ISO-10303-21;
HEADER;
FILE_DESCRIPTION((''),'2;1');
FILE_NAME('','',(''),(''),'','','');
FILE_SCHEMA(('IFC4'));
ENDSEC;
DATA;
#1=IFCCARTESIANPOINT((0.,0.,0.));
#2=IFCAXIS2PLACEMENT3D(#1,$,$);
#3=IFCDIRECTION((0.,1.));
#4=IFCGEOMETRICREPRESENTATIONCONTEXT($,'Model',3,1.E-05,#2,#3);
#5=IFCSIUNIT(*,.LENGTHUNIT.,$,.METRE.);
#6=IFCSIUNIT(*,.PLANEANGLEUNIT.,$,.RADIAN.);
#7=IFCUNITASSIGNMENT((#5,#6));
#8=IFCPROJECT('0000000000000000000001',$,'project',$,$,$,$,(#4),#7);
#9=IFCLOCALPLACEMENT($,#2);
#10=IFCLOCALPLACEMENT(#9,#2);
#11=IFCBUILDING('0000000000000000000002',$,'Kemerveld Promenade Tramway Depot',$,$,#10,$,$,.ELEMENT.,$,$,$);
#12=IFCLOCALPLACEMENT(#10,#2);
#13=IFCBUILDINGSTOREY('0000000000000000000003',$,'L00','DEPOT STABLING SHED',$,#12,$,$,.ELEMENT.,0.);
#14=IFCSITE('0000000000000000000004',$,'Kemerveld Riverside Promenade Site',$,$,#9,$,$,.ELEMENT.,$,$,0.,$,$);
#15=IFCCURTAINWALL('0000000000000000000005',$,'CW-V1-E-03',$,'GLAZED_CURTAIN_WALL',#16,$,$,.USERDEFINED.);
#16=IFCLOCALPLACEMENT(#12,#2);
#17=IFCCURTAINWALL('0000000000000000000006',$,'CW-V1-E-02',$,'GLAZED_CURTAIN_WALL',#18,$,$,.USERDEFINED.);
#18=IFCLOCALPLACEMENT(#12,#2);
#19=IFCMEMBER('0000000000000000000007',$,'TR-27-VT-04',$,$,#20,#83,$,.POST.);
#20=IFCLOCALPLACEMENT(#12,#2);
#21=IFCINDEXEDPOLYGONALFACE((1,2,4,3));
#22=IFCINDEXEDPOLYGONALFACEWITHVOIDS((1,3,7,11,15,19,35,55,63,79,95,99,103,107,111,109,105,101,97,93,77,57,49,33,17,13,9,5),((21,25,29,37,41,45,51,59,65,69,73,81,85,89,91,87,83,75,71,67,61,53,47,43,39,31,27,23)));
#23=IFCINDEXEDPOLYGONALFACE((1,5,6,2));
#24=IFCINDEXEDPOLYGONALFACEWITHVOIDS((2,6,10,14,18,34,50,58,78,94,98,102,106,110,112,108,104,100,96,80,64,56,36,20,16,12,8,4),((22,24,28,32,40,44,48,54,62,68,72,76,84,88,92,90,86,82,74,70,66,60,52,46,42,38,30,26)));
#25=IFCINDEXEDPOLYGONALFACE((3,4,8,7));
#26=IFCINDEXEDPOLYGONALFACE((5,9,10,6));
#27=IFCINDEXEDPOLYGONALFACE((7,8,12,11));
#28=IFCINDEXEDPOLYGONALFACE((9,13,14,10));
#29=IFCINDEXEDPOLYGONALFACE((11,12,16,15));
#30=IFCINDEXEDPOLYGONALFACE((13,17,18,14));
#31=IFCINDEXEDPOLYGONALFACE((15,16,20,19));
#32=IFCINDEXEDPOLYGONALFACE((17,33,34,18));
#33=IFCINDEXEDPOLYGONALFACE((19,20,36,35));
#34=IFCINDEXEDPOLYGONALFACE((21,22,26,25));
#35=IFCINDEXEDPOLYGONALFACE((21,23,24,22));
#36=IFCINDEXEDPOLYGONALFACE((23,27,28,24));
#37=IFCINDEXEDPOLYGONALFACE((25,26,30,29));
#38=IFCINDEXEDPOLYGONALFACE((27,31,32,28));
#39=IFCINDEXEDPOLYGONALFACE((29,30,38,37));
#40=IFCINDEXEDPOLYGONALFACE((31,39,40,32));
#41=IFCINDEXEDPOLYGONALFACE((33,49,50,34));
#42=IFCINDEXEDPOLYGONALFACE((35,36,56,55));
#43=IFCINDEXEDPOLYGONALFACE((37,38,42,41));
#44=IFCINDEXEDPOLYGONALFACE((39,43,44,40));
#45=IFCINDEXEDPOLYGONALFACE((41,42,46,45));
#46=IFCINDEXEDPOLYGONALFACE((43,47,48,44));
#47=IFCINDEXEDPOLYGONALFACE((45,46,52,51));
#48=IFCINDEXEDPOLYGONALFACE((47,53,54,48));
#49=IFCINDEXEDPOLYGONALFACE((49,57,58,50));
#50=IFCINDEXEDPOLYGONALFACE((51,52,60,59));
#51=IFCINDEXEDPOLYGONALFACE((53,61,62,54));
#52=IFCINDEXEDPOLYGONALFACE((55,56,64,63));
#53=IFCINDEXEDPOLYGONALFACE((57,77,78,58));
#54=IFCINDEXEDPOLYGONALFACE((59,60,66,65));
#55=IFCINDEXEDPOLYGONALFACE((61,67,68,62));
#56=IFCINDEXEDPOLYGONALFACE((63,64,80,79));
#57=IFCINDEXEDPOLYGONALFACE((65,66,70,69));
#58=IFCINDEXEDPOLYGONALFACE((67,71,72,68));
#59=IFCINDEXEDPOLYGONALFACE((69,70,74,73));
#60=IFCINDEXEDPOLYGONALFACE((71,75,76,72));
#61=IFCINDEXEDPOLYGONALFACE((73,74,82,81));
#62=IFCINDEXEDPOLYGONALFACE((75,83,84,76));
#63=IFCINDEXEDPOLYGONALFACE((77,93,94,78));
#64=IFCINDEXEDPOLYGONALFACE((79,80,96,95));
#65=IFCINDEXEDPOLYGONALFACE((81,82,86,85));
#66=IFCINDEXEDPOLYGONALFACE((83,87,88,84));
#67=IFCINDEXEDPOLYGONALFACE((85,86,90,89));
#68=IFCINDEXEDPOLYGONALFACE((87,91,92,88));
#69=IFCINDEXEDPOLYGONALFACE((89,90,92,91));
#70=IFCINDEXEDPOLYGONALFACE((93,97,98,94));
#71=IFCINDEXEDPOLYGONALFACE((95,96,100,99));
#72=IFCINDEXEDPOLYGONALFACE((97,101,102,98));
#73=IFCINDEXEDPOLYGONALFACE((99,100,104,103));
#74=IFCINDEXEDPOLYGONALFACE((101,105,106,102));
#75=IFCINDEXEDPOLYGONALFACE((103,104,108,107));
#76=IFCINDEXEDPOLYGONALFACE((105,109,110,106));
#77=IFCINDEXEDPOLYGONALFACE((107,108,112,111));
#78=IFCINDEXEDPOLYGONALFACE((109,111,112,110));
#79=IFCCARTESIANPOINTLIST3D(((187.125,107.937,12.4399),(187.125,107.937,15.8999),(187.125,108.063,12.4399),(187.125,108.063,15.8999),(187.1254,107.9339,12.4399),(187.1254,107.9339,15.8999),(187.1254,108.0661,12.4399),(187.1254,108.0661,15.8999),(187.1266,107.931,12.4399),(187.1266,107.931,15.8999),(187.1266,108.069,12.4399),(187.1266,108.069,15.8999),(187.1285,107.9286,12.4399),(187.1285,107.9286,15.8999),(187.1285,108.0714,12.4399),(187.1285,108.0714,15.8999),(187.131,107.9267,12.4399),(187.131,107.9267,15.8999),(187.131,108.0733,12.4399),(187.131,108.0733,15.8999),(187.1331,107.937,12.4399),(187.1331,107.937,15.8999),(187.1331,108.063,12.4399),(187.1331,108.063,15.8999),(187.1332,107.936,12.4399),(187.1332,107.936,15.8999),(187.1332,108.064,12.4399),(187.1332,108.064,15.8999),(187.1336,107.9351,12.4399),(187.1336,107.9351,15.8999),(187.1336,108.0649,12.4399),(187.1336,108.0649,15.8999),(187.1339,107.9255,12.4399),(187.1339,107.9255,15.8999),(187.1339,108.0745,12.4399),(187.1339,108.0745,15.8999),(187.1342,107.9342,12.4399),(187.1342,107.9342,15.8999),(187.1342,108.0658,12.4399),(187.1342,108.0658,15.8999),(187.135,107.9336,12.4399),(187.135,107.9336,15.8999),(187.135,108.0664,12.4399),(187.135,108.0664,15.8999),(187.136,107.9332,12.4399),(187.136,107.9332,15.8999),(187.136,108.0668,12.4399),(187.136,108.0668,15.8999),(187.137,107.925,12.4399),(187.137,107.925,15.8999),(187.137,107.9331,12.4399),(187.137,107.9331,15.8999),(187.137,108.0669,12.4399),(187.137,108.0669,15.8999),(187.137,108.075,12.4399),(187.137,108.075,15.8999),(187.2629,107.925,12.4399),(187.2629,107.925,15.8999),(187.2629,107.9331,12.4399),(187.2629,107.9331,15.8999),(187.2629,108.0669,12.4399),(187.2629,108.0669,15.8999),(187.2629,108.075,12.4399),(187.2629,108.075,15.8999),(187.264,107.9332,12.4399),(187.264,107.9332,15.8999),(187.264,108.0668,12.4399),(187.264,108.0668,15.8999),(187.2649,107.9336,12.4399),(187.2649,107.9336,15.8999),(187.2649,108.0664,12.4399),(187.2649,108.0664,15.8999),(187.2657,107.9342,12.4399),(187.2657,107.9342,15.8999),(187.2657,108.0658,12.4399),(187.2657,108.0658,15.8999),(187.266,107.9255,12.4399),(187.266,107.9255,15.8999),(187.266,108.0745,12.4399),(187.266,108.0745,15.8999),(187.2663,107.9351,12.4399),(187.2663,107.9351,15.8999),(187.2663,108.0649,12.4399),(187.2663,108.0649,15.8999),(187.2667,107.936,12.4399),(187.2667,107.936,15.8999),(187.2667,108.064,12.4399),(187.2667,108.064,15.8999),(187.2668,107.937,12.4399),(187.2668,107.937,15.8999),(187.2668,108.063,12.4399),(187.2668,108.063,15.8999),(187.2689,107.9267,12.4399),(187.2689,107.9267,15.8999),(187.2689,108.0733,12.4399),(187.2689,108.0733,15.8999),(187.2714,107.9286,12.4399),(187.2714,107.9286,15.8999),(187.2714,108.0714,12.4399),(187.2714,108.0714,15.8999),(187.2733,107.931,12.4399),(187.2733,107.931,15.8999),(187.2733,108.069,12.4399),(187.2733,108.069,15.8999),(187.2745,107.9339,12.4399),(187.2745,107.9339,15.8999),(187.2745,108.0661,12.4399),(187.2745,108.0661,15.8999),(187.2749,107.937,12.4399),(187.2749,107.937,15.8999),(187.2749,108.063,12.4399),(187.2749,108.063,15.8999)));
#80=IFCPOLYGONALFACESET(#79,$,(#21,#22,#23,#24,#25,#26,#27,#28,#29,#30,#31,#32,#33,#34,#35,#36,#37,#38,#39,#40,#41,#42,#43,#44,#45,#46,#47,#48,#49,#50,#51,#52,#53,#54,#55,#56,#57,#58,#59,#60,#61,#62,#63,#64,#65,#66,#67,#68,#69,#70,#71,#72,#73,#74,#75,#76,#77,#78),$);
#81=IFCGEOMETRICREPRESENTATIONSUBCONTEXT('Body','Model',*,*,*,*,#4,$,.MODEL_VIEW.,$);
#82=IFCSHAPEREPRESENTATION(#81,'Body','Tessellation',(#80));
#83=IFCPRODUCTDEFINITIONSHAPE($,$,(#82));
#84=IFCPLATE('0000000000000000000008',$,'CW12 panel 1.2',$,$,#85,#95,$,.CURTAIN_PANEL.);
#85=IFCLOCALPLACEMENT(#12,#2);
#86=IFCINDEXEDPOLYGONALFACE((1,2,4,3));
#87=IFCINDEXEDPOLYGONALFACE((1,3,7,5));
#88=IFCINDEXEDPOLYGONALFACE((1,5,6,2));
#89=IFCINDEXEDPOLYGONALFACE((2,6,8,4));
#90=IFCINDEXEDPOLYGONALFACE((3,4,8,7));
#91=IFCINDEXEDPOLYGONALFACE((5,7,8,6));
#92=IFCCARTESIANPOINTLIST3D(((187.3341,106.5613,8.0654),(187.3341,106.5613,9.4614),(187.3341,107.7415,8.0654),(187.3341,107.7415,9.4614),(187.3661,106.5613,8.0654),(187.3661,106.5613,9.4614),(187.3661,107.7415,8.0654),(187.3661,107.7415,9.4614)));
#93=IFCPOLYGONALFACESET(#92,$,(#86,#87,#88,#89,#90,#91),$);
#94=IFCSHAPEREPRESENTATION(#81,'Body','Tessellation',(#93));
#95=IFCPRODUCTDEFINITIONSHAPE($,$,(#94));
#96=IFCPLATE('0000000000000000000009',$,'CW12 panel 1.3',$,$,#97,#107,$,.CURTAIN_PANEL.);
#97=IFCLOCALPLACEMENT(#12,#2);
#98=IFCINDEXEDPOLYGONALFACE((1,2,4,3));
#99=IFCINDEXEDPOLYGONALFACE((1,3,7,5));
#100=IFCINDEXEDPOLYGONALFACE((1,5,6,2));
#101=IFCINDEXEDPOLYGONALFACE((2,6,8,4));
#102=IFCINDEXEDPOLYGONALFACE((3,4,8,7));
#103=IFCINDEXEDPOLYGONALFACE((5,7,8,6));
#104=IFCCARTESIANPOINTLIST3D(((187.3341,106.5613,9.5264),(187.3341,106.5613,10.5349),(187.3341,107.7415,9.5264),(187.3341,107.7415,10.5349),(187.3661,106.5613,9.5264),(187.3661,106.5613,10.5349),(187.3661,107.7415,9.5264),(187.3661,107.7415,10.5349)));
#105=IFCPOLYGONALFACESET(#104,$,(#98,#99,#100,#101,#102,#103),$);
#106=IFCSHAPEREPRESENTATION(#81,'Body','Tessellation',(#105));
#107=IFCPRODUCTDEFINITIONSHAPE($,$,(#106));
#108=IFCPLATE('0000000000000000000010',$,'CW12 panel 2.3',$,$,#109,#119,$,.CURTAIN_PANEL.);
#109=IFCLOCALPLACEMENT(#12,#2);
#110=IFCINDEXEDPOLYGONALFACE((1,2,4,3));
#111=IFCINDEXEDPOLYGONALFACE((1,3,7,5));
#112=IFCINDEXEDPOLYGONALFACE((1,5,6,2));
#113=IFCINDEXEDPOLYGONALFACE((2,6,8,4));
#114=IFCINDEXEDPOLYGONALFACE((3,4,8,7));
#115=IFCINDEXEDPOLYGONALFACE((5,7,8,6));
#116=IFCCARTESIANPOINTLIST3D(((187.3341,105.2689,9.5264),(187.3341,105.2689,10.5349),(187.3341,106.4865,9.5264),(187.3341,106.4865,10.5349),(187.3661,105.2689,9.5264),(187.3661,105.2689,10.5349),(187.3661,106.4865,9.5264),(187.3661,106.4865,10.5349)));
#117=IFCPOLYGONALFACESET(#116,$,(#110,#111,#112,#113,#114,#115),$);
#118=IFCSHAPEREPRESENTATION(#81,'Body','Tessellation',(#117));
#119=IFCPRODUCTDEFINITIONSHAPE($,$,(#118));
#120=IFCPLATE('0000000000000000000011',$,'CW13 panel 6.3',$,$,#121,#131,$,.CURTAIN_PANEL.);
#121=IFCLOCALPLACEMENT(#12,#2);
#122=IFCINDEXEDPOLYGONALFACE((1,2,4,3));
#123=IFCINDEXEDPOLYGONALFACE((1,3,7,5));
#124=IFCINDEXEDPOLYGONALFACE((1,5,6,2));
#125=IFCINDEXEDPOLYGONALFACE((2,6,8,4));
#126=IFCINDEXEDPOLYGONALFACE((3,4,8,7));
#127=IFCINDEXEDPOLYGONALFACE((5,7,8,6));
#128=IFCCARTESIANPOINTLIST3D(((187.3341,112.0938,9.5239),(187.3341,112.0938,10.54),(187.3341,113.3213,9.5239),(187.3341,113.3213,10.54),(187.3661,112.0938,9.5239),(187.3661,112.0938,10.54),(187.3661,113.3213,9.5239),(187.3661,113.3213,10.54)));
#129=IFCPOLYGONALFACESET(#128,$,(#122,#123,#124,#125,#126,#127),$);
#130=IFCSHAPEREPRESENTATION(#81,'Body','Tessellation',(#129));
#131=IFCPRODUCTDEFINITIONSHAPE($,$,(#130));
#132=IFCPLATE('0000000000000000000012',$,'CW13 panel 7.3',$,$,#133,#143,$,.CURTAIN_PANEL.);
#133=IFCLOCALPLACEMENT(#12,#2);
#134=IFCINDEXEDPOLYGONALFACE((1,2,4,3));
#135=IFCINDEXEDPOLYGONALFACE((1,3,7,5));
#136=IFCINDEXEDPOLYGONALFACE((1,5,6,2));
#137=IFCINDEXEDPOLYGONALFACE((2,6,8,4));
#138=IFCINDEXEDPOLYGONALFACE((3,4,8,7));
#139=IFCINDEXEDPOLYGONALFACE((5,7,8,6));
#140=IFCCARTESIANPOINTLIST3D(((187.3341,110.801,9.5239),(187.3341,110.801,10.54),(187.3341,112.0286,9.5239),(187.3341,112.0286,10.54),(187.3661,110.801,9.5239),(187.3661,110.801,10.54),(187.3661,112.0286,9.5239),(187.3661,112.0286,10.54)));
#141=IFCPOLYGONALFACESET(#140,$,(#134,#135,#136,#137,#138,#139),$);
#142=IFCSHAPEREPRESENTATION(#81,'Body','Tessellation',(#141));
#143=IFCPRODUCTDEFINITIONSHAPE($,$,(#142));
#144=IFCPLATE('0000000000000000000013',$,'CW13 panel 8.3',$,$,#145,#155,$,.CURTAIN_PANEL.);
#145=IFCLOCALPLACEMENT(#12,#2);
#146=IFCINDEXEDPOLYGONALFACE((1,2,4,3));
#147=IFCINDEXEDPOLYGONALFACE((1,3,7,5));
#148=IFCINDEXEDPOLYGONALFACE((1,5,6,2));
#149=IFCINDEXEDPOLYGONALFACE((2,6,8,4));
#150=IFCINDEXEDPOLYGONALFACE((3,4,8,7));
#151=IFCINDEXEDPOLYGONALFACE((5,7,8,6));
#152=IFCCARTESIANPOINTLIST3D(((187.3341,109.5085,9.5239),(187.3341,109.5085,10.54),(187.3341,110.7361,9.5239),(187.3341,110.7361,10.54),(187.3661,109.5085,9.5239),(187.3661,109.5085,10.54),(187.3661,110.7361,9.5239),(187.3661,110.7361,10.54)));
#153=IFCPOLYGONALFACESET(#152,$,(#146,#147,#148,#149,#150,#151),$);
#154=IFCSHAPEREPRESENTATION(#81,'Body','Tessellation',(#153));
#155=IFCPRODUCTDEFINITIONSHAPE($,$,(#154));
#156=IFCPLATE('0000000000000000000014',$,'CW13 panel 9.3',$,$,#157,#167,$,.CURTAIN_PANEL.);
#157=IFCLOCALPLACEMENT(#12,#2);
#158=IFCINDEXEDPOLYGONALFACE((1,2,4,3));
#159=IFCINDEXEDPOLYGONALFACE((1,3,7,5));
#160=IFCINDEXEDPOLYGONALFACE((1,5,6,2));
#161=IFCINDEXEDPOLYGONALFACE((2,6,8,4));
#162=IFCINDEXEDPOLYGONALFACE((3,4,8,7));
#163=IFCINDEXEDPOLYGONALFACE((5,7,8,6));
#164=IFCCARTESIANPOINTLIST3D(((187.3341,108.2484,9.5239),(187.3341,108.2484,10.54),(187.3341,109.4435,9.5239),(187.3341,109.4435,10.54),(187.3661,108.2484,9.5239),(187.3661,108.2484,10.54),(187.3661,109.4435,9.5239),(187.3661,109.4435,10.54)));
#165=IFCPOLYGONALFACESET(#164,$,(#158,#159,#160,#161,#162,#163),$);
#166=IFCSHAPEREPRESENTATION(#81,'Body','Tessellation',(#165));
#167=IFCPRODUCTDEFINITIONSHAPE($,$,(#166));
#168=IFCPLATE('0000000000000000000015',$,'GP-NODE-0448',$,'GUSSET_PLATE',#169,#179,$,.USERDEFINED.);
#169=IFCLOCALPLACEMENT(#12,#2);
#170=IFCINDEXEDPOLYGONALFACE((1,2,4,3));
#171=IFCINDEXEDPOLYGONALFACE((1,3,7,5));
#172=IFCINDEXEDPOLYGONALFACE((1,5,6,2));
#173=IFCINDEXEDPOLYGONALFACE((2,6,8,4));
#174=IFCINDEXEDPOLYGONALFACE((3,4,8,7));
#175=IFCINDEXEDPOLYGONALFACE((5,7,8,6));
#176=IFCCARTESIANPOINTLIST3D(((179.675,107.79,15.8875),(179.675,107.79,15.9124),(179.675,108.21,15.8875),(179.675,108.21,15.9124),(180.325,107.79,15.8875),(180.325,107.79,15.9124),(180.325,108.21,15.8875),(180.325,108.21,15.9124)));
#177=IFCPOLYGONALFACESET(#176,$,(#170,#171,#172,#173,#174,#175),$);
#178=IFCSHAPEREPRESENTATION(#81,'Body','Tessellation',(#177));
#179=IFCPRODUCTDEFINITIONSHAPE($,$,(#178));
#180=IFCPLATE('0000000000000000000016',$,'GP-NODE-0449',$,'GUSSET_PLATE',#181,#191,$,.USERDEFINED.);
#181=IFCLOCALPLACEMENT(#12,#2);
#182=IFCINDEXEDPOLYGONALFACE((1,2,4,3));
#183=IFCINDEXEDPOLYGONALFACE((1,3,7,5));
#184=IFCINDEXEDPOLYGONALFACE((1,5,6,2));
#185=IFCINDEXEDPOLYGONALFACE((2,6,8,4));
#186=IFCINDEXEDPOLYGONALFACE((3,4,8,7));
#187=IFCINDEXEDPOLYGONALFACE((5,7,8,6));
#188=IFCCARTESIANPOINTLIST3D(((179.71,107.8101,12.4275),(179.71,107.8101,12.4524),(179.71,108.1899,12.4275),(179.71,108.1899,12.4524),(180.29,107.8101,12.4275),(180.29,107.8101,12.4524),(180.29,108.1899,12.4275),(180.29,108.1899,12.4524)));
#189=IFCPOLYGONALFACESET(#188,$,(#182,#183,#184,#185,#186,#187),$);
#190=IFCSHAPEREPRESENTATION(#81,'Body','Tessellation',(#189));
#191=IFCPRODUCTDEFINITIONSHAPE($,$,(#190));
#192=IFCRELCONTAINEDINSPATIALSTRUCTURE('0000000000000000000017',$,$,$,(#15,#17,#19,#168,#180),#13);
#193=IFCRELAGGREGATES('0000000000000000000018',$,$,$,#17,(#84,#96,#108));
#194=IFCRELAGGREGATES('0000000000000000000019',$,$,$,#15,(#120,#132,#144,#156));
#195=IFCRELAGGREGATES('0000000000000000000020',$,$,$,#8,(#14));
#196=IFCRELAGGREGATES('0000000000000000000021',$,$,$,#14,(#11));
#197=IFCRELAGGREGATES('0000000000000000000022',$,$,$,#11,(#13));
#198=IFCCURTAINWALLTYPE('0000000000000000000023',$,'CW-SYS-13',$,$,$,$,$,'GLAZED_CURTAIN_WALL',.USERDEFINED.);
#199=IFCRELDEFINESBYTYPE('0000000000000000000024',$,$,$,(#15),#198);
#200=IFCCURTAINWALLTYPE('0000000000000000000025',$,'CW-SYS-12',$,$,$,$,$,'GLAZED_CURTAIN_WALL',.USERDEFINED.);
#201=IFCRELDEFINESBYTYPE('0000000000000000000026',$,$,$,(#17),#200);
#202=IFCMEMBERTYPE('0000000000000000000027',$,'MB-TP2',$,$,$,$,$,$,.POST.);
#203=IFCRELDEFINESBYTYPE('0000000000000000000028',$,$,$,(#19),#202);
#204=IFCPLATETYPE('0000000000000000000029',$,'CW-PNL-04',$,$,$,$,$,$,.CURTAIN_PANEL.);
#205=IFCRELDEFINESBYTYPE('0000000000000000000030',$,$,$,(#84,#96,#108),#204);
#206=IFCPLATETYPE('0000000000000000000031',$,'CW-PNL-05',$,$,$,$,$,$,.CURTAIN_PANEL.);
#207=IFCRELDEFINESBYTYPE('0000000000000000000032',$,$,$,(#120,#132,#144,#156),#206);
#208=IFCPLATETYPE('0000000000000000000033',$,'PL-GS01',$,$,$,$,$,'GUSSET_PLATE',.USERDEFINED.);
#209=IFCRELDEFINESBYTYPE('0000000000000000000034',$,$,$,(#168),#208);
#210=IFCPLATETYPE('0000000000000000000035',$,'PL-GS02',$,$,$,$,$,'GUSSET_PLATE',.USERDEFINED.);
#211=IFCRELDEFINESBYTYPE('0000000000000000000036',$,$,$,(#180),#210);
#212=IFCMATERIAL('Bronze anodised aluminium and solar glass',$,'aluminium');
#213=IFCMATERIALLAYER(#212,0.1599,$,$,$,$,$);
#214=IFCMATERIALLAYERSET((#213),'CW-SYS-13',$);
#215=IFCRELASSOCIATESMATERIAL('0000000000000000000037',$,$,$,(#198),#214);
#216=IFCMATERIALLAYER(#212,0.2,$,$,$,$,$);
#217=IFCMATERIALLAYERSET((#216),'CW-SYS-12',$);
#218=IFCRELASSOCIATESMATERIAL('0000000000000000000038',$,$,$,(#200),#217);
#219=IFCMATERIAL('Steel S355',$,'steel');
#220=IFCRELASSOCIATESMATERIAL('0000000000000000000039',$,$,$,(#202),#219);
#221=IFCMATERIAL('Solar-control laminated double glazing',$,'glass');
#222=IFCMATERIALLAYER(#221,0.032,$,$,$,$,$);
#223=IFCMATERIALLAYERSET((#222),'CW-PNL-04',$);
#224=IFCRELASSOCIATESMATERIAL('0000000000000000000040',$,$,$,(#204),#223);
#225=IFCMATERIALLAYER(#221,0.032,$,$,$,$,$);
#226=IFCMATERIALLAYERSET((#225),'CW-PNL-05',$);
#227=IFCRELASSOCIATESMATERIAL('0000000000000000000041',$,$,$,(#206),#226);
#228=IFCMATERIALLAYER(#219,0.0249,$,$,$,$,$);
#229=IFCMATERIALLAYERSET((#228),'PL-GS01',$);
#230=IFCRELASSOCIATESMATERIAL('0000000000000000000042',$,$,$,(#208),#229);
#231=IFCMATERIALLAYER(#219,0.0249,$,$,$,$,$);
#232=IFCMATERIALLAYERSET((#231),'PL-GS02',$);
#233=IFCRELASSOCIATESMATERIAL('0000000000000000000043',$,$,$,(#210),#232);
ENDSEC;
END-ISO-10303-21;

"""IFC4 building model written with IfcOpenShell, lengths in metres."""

from ifc_helpers import new_model, si_unit, direction, frame, origin, origin_2d, place, context, subcontext, project, spatial, rectangle, hollow_rectangle, extrude, material, layer, layer_set, material_profile, profile_set, type_object, element, aggregate, save


model = new_model("IFC4")

# Units and contexts
model_context = context("Model", 3, precision=1e-05, world=origin(), true_north=direction((0.0, 1.0)))
body_context = subcontext(model_context, "Body", "Model", "MODEL_VIEW")
ifc_project = project(units=[si_unit("LENGTHUNIT", "METRE"), si_unit("PLANEANGLEUNIT", "RADIAN")], contexts=[model_context])

# Site, building, storey
site_placement = place(None, origin())
site = spatial("IfcSite", under=ifc_project, at=site_placement, Name="Kemerveld Riverside Promenade Site", CompositionType="ELEMENT", RefElevation=0.0)
building_placement = place(site_placement, origin())
building = spatial("IfcBuilding", under=site, at=building_placement, Name="Kemerveld Promenade Tramway Depot", CompositionType="ELEMENT")
storey_placement = place(building_placement, origin())
storey = spatial("IfcBuildingStorey", under=building, at=storey_placement, Name="L00", Description="DEPOT STABLING SHED", CompositionType="ELEMENT", Elevation=0.0)

# Shared definitions
ifc_material_1 = material(Name="Steel S355", Category="steel")

# Curtain walls
ifc_material_2 = material(Name="Bronze anodised aluminium and solar glass", Category="aluminium")
ifc_layer_1 = layer(ifc_material_2, 0.1599)
ifc_layer_set_1 = layer_set([ifc_layer_1], Name="CW-SYS-13")
curtain_wall_type_1 = type_object("IfcCurtainWallType", Name="CW-SYS-13", ElementType="GLAZED_CURTAIN_WALL", PredefinedType="USERDEFINED", material=ifc_layer_set_1)
curtain_wall_1_placement = place(storey_placement, origin())
curtain_wall_1 = element("IfcCurtainWall", 1, at=curtain_wall_1_placement, inside=storey, type_object=curtain_wall_type_1, Name="CW-V1-E-03", ObjectType="GLAZED_CURTAIN_WALL", PredefinedType="USERDEFINED")
ifc_layer_2 = layer(ifc_material_2, 0.2)
ifc_layer_set_2 = layer_set([ifc_layer_2], Name="CW-SYS-12")
curtain_wall_type_2 = type_object("IfcCurtainWallType", Name="CW-SYS-12", ElementType="GLAZED_CURTAIN_WALL", PredefinedType="USERDEFINED", material=ifc_layer_set_2)
curtain_wall_2_placement = place(storey_placement, origin())
curtain_wall_2 = element("IfcCurtainWall", 2, at=curtain_wall_2_placement, inside=storey, type_object=curtain_wall_type_2, Name="CW-V1-E-02", ObjectType="GLAZED_CURTAIN_WALL", PredefinedType="USERDEFINED")

# Member
ifc_material_profile_1 = material_profile(ifc_material_1, hollow_rectangle(XDim=0.1499, YDim=0.1499, WallThickness=0.0081, InnerFilletRadius=0.0039, OuterFilletRadius=0.012, at=origin_2d()), Name="150x150x8.0 SHS")
ifc_profile_set_1 = profile_set([ifc_material_profile_1], Name="Steel S355")
member_type_1 = type_object("IfcMemberType", Name="MB-TP2", PredefinedType="POST", material=ifc_profile_set_1)
member_1_placement = place(storey_placement, frame((187.2, 108.0, 12.4399), z_axis=(0.0, 0.0, 1.0), x_axis=(1.0, 0.0, 0.0)))
element("IfcMember", 3, at=member_1_placement, inside=storey, type_object=member_type_1, Name="TR-27-VT-04", PredefinedType="POST", context=body_context, shape_type="SweptSolid", body=[
    extrude(hollow_rectangle(XDim=0.1499, YDim=0.1499, WallThickness=0.0081, InnerFilletRadius=0.0039, OuterFilletRadius=0.012, at=origin_2d()), origin(), (0.0, 0.0, 1.0), 3.46),
])

# Plates
ifc_material_3 = material(Name="Solar-control laminated double glazing", Category="glass")
ifc_layer_3 = layer(ifc_material_3, 0.032)
ifc_layer_set_3 = layer_set([ifc_layer_3], Name="CW-PNL-04")
plate_type_1 = type_object("IfcPlateType", Name="CW-PNL-04", PredefinedType="CURTAIN_PANEL", material=ifc_layer_set_3)
plate_1_placement = place(storey_placement, frame((187.3501, 107.1514, 8.0654), z_axis=(0.0, 0.0, 1.0), x_axis=(0.0, -1.0, 0.0)))
plate_1 = element("IfcPlate", 4, at=plate_1_placement, type_object=plate_type_1, Name="CW12 panel 1.2", PredefinedType="CURTAIN_PANEL", context=body_context, shape_type="SweptSolid", body=[
    extrude(rectangle(XDim=1.1802, YDim=0.032, at=origin_2d()), origin(), (0.0, 0.0, 1.0), 1.396),
])
plate_2_placement = place(storey_placement, frame((187.3501, 107.1514, 9.5264), z_axis=(0.0, 0.0, 1.0), x_axis=(0.0, -1.0, 0.0)))
plate_2 = element("IfcPlate", 5, at=plate_2_placement, type_object=plate_type_1, Name="CW12 panel 1.3", PredefinedType="CURTAIN_PANEL", context=body_context, shape_type="SweptSolid", body=[
    extrude(rectangle(XDim=1.1802, YDim=0.032, at=origin_2d()), origin(), (0.0, 0.0, 1.0), 1.0085),
])
plate_3_placement = place(storey_placement, frame((187.3501, 105.8777, 9.5264), z_axis=(0.0, 0.0, 1.0), x_axis=(0.0, -1.0, 0.0)))
plate_3 = element("IfcPlate", 6, at=plate_3_placement, type_object=plate_type_1, Name="CW12 panel 2.3", PredefinedType="CURTAIN_PANEL", context=body_context, shape_type="SweptSolid", body=[
    extrude(rectangle(XDim=1.2175, YDim=0.032, at=origin_2d()), origin(), (0.0, 0.0, 1.0), 1.0085),
])
aggregate(curtain_wall_2, [plate_1, plate_2, plate_3])
ifc_layer_4 = layer(ifc_material_3, 0.032)
ifc_layer_set_4 = layer_set([ifc_layer_4], Name="CW-PNL-05")
plate_type_2 = type_object("IfcPlateType", Name="CW-PNL-05", PredefinedType="CURTAIN_PANEL", material=ifc_layer_set_4)
plate_4_placement = place(storey_placement, frame((187.3501, 112.7075, 9.5239), z_axis=(0.0, 0.0, 1.0), x_axis=(0.0, -1.0, 0.0)))
plate_4 = element("IfcPlate", 7, at=plate_4_placement, type_object=plate_type_2, Name="CW13 panel 6.3", PredefinedType="CURTAIN_PANEL", context=body_context, shape_type="SweptSolid", body=[
    extrude(rectangle(XDim=1.2275, YDim=0.032, at=origin_2d()), origin(), (0.0, 0.0, 1.0), 1.0161),
])
plate_5_placement = place(storey_placement, frame((187.3501, 111.4148, 9.5239), z_axis=(0.0, 0.0, 1.0), x_axis=(0.0, -1.0, 0.0)))
plate_5 = element("IfcPlate", 8, at=plate_5_placement, type_object=plate_type_2, Name="CW13 panel 7.3", PredefinedType="CURTAIN_PANEL", context=body_context, shape_type="SweptSolid", body=[
    extrude(rectangle(XDim=1.2275, YDim=0.032, at=origin_2d()), origin(), (0.0, 0.0, 1.0), 1.0161),
])
plate_6_placement = place(storey_placement, frame((187.3501, 110.1223, 9.5239), z_axis=(0.0, 0.0, 1.0), x_axis=(0.0, -1.0, 0.0)))
plate_6 = element("IfcPlate", 9, at=plate_6_placement, type_object=plate_type_2, Name="CW13 panel 8.3", PredefinedType="CURTAIN_PANEL", context=body_context, shape_type="SweptSolid", body=[
    extrude(rectangle(XDim=1.2275, YDim=0.032, at=origin_2d()), origin(), (0.0, 0.0, 1.0), 1.0161),
])
plate_7_placement = place(storey_placement, frame((187.3501, 108.8459, 9.5239), z_axis=(0.0, 0.0, 1.0), x_axis=(0.0, -1.0, 0.0)))
plate_7 = element("IfcPlate", 10, at=plate_7_placement, type_object=plate_type_2, Name="CW13 panel 9.3", PredefinedType="CURTAIN_PANEL", context=body_context, shape_type="SweptSolid", body=[
    extrude(rectangle(XDim=1.1951, YDim=0.032, at=origin_2d()), origin(), (0.0, 0.0, 1.0), 1.0161),
])
aggregate(curtain_wall_1, [plate_4, plate_5, plate_6, plate_7])

# Plates
ifc_layer_5 = layer(ifc_material_1, 0.0249)
ifc_layer_set_5 = layer_set([ifc_layer_5], Name="PL-GS01")
plate_type_3 = type_object("IfcPlateType", Name="PL-GS01", ElementType="GUSSET_PLATE", PredefinedType="USERDEFINED", material=ifc_layer_set_5)
plate_8_placement = place(storey_placement, frame((180.0, 108.0, 15.8875), z_axis=(0.0, 0.0, 1.0), x_axis=(1.0, 0.0, 0.0)))
element("IfcPlate", 11, at=plate_8_placement, inside=storey, type_object=plate_type_3, Name="GP-NODE-0448", ObjectType="GUSSET_PLATE", PredefinedType="USERDEFINED", context=body_context, shape_type="SweptSolid", body=[
    extrude(rectangle(XDim=0.6499, YDim=0.4199, at=origin_2d()), origin(), (0.0, 0.0, 1.0), 0.0249),
])
ifc_layer_6 = layer(ifc_material_1, 0.0249)
ifc_layer_set_6 = layer_set([ifc_layer_6], Name="PL-GS02")
plate_type_4 = type_object("IfcPlateType", Name="PL-GS02", ElementType="GUSSET_PLATE", PredefinedType="USERDEFINED", material=ifc_layer_set_6)
plate_9_placement = place(storey_placement, frame((180.0, 108.0, 12.4275), z_axis=(0.0, 0.0, 1.0), x_axis=(1.0, 0.0, 0.0)))
element("IfcPlate", 12, at=plate_9_placement, inside=storey, type_object=plate_type_4, Name="GP-NODE-0449", ObjectType="GUSSET_PLATE", PredefinedType="USERDEFINED", context=body_context, shape_type="SweptSolid", body=[
    extrude(rectangle(XDim=0.5801, YDim=0.3799, at=origin_2d()), origin(), (0.0, 0.0, 1.0), 0.0249),
])

save(model, "model.ifc")
